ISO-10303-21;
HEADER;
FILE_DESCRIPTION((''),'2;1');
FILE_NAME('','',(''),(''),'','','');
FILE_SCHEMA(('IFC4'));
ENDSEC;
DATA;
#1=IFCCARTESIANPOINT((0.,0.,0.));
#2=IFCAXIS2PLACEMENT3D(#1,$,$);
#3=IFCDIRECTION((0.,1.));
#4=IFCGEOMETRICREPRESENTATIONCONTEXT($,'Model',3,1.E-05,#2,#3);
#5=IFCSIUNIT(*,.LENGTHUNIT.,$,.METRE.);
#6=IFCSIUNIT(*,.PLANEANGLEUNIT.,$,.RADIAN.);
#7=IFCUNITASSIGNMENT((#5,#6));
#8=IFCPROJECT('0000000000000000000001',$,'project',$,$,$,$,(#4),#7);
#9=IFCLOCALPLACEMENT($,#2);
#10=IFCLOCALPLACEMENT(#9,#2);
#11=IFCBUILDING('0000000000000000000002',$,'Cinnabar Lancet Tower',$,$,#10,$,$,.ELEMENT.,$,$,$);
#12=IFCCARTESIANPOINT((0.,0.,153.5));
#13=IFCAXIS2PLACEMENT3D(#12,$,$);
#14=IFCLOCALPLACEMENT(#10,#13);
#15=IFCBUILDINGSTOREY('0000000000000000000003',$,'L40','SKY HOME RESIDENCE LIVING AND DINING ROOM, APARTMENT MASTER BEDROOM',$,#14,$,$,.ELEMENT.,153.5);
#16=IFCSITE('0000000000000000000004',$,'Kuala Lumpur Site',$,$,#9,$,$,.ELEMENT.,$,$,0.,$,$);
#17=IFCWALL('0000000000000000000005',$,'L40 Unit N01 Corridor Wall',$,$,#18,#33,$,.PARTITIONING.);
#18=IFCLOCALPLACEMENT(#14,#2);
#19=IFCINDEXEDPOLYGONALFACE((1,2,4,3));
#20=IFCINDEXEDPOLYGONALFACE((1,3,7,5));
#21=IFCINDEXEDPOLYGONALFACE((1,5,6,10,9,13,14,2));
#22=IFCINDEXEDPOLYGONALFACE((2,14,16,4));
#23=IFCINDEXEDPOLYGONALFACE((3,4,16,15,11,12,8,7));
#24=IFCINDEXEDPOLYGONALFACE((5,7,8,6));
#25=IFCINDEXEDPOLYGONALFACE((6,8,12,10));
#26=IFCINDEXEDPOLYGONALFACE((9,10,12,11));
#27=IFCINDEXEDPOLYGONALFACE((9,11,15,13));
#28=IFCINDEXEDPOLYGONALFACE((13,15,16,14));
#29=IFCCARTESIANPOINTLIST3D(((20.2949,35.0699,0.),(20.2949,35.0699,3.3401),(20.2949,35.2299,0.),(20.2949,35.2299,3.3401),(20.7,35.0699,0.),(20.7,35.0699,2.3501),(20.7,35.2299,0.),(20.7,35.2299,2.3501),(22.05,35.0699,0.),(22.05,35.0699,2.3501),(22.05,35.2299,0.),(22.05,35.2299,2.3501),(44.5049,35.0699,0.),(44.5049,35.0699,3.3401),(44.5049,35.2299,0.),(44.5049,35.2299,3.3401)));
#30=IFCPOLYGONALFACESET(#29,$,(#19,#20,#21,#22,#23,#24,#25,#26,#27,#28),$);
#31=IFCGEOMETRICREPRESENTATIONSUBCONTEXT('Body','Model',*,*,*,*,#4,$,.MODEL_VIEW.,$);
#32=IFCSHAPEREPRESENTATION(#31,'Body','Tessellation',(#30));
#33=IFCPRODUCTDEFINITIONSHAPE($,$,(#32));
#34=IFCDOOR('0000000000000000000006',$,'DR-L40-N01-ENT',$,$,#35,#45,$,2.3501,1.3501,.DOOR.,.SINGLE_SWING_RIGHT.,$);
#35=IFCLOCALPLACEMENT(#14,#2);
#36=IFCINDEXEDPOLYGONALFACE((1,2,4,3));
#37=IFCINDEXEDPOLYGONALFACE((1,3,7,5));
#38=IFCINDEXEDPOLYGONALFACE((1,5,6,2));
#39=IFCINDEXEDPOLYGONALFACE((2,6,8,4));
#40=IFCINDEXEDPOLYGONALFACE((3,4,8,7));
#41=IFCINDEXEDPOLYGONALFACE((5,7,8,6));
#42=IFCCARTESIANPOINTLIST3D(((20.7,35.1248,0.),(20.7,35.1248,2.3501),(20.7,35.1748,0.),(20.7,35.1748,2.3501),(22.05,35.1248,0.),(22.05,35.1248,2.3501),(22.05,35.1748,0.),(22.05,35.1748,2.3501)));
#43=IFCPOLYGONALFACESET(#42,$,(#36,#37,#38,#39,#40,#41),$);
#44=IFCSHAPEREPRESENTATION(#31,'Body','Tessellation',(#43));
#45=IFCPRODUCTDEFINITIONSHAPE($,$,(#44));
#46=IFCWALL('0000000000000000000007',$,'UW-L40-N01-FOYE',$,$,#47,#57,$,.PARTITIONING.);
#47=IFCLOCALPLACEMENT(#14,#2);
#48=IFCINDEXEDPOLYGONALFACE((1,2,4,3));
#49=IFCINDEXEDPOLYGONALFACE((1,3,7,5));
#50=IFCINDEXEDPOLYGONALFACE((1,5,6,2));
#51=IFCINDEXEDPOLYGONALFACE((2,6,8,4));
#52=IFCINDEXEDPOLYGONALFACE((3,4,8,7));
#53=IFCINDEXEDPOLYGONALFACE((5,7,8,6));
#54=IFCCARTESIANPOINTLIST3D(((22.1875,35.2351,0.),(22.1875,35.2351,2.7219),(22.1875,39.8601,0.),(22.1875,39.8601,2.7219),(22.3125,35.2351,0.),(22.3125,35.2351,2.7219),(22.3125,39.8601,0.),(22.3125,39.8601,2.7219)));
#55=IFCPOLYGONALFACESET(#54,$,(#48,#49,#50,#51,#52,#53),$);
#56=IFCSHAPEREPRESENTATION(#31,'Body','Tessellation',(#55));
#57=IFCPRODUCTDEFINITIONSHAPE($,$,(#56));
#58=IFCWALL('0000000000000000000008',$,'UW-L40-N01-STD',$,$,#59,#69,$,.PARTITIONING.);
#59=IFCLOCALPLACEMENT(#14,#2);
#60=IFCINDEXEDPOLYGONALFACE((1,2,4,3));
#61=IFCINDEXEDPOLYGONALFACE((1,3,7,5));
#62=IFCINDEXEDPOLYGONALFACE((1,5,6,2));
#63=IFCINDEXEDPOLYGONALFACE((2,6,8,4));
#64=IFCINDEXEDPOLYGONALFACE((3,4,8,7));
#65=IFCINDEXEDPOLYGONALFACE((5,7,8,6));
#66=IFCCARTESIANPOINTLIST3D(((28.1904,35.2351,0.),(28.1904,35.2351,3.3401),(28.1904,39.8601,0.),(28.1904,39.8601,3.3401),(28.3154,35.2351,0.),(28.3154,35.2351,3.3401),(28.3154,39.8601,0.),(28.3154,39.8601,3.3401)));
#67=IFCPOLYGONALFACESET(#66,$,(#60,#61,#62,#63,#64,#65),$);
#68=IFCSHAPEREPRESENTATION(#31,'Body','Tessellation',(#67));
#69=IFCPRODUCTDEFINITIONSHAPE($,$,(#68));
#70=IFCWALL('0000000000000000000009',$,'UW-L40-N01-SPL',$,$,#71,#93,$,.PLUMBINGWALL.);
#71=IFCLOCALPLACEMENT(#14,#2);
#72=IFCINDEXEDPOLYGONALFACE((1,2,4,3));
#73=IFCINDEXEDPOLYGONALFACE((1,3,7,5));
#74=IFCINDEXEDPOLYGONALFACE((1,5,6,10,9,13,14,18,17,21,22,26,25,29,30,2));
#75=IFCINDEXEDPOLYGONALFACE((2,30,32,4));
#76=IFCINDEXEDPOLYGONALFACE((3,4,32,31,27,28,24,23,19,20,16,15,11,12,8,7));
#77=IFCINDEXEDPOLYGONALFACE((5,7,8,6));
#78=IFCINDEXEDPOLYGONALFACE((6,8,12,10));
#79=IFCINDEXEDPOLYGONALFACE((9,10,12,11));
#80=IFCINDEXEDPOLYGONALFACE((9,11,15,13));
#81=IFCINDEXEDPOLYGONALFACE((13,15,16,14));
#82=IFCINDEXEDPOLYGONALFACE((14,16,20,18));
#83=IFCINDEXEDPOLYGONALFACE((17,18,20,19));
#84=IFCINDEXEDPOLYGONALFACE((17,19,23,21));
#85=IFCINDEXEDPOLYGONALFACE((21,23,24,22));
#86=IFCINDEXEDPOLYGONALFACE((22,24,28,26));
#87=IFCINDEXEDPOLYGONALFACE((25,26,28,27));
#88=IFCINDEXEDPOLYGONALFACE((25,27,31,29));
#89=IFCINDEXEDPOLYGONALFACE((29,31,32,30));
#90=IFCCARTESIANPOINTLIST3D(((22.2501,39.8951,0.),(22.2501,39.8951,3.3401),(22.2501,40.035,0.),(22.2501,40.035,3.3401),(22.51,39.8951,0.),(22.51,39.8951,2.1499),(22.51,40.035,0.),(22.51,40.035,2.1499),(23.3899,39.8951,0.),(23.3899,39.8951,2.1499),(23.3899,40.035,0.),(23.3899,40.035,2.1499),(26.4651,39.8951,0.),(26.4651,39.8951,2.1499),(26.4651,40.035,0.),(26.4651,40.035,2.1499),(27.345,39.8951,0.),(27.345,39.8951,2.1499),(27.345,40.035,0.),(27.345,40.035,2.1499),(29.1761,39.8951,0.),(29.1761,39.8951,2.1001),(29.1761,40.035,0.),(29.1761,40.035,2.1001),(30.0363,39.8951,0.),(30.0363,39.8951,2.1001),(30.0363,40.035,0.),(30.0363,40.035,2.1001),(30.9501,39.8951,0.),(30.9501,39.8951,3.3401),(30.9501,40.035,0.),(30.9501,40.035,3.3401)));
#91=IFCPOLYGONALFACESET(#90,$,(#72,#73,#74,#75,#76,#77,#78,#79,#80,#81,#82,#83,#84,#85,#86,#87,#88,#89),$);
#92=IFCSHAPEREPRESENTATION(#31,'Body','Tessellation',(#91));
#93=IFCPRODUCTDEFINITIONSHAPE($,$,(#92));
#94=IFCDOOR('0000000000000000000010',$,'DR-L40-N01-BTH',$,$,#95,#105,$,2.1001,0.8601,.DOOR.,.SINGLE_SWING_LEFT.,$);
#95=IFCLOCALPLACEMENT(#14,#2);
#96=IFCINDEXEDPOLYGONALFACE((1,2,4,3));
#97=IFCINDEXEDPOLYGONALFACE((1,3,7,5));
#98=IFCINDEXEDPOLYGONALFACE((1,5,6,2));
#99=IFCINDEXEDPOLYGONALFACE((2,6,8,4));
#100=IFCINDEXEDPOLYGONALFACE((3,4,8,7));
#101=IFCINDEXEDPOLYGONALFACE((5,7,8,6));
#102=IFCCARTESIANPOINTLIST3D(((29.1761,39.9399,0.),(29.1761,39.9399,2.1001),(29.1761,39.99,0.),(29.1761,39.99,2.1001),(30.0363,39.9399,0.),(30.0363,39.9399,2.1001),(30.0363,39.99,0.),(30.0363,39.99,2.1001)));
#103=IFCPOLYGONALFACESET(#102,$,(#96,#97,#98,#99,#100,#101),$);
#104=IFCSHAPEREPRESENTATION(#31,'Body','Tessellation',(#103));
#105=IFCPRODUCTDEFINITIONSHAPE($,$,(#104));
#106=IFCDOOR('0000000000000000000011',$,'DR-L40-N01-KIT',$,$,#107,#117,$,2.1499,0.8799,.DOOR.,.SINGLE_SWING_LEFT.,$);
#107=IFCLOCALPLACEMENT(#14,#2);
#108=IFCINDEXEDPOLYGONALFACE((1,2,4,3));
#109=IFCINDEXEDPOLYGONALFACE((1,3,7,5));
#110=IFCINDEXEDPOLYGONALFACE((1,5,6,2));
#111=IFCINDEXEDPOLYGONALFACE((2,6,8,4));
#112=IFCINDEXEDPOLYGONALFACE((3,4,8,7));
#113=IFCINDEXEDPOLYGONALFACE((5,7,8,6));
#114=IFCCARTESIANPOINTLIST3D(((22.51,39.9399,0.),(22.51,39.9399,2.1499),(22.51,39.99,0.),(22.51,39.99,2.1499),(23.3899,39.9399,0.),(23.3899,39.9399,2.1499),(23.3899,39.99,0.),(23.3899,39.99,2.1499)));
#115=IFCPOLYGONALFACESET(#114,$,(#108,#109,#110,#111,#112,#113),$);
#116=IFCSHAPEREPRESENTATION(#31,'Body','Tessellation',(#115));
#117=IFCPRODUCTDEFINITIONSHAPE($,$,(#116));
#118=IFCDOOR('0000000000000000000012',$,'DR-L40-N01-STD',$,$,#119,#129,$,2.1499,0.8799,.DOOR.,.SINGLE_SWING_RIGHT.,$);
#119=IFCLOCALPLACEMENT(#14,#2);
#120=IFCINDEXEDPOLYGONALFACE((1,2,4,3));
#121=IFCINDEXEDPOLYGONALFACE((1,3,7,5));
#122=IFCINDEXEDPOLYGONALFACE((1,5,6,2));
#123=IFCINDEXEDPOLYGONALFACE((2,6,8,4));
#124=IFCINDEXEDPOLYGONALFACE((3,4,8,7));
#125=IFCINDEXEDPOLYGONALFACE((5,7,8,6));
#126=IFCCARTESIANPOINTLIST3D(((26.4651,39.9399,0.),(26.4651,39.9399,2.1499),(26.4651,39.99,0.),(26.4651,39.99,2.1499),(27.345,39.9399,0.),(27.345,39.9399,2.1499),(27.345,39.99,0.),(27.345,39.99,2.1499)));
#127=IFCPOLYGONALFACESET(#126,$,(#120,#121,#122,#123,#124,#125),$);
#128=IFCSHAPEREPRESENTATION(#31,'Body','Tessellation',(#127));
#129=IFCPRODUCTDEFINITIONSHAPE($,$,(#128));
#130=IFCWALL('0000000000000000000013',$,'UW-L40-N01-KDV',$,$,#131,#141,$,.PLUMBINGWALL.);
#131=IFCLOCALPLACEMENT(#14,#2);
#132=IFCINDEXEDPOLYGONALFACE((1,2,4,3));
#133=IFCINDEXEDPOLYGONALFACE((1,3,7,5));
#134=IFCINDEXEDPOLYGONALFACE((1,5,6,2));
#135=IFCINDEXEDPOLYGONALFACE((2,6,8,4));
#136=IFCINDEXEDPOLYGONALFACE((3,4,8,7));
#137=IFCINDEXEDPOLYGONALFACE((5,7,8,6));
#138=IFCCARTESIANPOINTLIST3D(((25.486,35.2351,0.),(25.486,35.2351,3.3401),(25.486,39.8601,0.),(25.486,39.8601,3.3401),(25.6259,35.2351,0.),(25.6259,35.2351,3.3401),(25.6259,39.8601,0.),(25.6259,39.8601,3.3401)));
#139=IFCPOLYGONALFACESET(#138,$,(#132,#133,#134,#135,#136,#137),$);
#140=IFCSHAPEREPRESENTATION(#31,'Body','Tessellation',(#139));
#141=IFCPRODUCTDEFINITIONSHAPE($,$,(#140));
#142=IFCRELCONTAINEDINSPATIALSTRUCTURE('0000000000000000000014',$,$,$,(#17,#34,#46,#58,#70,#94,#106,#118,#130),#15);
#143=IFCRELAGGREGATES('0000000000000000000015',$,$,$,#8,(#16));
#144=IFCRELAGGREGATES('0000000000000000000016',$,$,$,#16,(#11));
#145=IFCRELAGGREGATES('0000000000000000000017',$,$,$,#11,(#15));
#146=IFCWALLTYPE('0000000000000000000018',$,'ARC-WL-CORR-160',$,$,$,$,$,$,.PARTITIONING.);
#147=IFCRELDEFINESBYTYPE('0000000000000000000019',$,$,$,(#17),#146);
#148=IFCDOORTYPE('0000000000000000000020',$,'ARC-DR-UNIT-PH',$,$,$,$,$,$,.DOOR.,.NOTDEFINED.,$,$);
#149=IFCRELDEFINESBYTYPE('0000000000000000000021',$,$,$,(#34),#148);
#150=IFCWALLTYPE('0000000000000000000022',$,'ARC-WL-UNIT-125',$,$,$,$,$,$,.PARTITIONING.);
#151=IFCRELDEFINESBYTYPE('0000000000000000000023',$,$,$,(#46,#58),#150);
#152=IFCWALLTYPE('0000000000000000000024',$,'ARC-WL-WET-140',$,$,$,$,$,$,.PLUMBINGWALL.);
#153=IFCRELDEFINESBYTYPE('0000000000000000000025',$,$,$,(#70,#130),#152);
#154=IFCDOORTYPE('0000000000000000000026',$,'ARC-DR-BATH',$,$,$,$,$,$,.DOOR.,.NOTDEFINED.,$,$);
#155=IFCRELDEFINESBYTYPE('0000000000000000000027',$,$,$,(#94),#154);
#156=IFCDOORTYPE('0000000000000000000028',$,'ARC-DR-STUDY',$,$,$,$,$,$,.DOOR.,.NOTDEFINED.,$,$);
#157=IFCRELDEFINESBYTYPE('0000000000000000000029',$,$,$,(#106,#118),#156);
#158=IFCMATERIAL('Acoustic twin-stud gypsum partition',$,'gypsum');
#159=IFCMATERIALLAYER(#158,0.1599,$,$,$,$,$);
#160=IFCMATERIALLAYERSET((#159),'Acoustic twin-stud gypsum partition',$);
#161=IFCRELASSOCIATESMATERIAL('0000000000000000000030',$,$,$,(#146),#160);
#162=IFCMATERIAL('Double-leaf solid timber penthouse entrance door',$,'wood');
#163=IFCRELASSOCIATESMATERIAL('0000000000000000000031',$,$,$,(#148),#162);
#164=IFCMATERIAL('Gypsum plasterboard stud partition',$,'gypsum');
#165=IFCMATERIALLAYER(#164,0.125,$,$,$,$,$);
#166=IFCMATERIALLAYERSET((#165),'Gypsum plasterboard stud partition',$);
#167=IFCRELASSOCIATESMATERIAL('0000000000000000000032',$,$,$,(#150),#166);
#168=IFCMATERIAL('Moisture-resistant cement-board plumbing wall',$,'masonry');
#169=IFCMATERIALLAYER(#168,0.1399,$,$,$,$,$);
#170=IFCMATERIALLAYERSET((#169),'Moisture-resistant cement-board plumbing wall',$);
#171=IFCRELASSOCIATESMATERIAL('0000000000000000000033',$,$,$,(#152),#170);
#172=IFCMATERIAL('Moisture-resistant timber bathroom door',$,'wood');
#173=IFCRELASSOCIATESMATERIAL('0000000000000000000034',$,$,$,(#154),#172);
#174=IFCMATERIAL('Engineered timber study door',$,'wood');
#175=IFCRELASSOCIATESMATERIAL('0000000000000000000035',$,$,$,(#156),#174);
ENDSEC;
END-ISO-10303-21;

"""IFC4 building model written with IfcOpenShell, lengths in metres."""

from ifc_helpers import new_model, si_unit, direction, frame, frame_2d, origin, place, context, subcontext, project, spatial, rectangle, extrude, material, layer, layer_set, type_object, element, fill, save


model = new_model("IFC4")

# Units and contexts
model_context = context("Model", 3, precision=1e-05, world=origin(), true_north=direction((0.0, 1.0)))
body_context = subcontext(model_context, "Body", "Model", "MODEL_VIEW")
ifc_project = project(units=[si_unit("LENGTHUNIT", "METRE"), si_unit("PLANEANGLEUNIT", "RADIAN")], contexts=[model_context])

# Site, building, storey
site_placement = place(None, origin())
site = spatial("IfcSite", under=ifc_project, at=site_placement, Name="Kuala Lumpur Site", CompositionType="ELEMENT", RefElevation=0.0)
building_placement = place(site_placement, origin())
building = spatial("IfcBuilding", under=site, at=building_placement, Name="Cinnabar Lancet Tower", CompositionType="ELEMENT")
storey_placement = place(building_placement, frame((0.0, 0.0, 153.5)))
storey = spatial("IfcBuildingStorey", under=building, at=storey_placement, Name="L40", Description="SKY HOME RESIDENCE LIVING AND DINING ROOM, APARTMENT MASTER BEDROOM", CompositionType="ELEMENT", Elevation=153.5)

# Wall, opening, door
ifc_material_1 = material(Name="Acoustic twin-stud gypsum partition", Category="gypsum")
ifc_layer_1 = layer(ifc_material_1, 0.1599)
ifc_layer_set_1 = layer_set([ifc_layer_1], Name="Acoustic twin-stud gypsum partition")
wall_type_1 = type_object("IfcWallType", Name="ARC-WL-CORR-160", PredefinedType="PARTITIONING", material=ifc_layer_set_1)
wall_1_placement = place(storey_placement, frame((20.2949, 35.1499, 0.0), z_axis=(0.0, 0.0, 1.0), x_axis=(1.0, 0.0, 0.0)))
wall_1 = element("IfcWall", 1, at=wall_1_placement, inside=storey, type_object=wall_type_1, Name="L40 Unit N01 Corridor Wall", PredefinedType="PARTITIONING", context=body_context, shape_type="SweptSolid", body=[
    extrude(rectangle(XDim=24.21, YDim=0.1599, at=frame_2d((12.105, 0.0))), origin(), (0.0, 0.0, 1.0), 3.3401),
])
opening_1_placement = place(wall_1_placement, frame((0.405, 0.0, 0.0)))
opening_1 = element("IfcOpeningElement", 2, at=opening_1_placement, cuts=wall_1, PredefinedType="OPENING", context=body_context, shape_type="SweptSolid", body=[
    extrude(rectangle(XDim=1.3501, YDim=2.3501, at=frame_2d((0.675, 1.175))), frame((0.0, 0.0898, 0.0), z_axis=(0.0, -1.0, 0.0), x_axis=(1.0, 0.0, 0.0)), (0.0, 0.0, 1.0), 0.1799),
])
ifc_material_2 = material(Name="Double-leaf solid timber penthouse entrance door", Category="wood")
door_type_1 = type_object("IfcDoorType", Name="ARC-DR-UNIT-PH", OperationType="NOTDEFINED", PredefinedType="DOOR", material=ifc_material_2)
door_1_placement = place(opening_1_placement, origin())
door_1 = element("IfcDoor", 3, at=door_1_placement, inside=storey, type_object=door_type_1, Name="DR-L40-N01-ENT", OperationType="SINGLE_SWING_RIGHT", OverallHeight=2.3501, OverallWidth=1.3501, PredefinedType="DOOR", context=body_context, shape_type="SweptSolid", body=[
    extrude(rectangle(XDim=1.3501, YDim=2.3501, at=frame_2d((0.675, 1.175))), frame((0.0, 0.0249, 0.0), z_axis=(0.0, -1.0, 0.0), x_axis=(1.0, 0.0, 0.0)), (0.0, 0.0, 1.0), 0.05),
])
fill(opening_1, door_1)

# Walls
ifc_material_3 = material(Name="Gypsum plasterboard stud partition", Category="gypsum")
ifc_layer_2 = layer(ifc_material_3, 0.125)
ifc_layer_set_2 = layer_set([ifc_layer_2], Name="Gypsum plasterboard stud partition")
wall_type_2 = type_object("IfcWallType", Name="ARC-WL-UNIT-125", PredefinedType="PARTITIONING", material=ifc_layer_set_2)
wall_2_placement = place(storey_placement, frame((22.25, 35.2351, 0.0), z_axis=(0.0, 0.0, 1.0), x_axis=(0.0, 1.0, 0.0)))
element("IfcWall", 4, at=wall_2_placement, inside=storey, type_object=wall_type_2, Name="UW-L40-N01-FOYE", PredefinedType="PARTITIONING", context=body_context, shape_type="SweptSolid", body=[
    extrude(rectangle(XDim=4.625, YDim=0.125, at=frame_2d((2.3125, 0.0))), origin(), (0.0, 0.0, 1.0), 2.7219),
])
wall_3_placement = place(storey_placement, frame((28.2529, 35.2351, 0.0), z_axis=(0.0, 0.0, 1.0), x_axis=(0.0, 1.0, 0.0)))
element("IfcWall", 5, at=wall_3_placement, inside=storey, type_object=wall_type_2, Name="UW-L40-N01-STD", PredefinedType="PARTITIONING", context=body_context, shape_type="SweptSolid", body=[
    extrude(rectangle(XDim=4.625, YDim=0.125, at=frame_2d((2.3125, 0.0))), origin(), (0.0, 0.0, 1.0), 3.3401),
])

# Wall, openings, doors
ifc_material_4 = material(Name="Moisture-resistant cement-board plumbing wall", Category="masonry")
ifc_layer_3 = layer(ifc_material_4, 0.1399)
ifc_layer_set_3 = layer_set([ifc_layer_3], Name="Moisture-resistant cement-board plumbing wall")
wall_type_3 = type_object("IfcWallType", Name="ARC-WL-WET-140", PredefinedType="PLUMBINGWALL", material=ifc_layer_set_3)
wall_4_placement = place(storey_placement, frame((22.25, 39.9651, 0.0), z_axis=(0.0, 0.0, 1.0), x_axis=(1.0, 0.0, 0.0)))
wall_4 = element("IfcWall", 6, at=wall_4_placement, inside=storey, type_object=wall_type_3, Name="UW-L40-N01-SPL", PredefinedType="PLUMBINGWALL", context=body_context, shape_type="SweptSolid", body=[
    extrude(rectangle(XDim=8.7, YDim=0.1399, at=frame_2d((4.3501, 0.0))), origin(), (0.0, 0.0, 1.0), 3.3401),
])
opening_2_placement = place(wall_4_placement, frame((6.926, 0.0, 0.0)))
opening_2 = element("IfcOpeningElement", 7, at=opening_2_placement, cuts=wall_4, PredefinedType="OPENING", context=body_context, shape_type="SweptSolid", body=[
    extrude(rectangle(XDim=0.8601, YDim=2.1001, at=frame_2d((0.4302, 1.05))), frame((0.0, 0.0798, 0.0), z_axis=(0.0, -1.0, 0.0), x_axis=(1.0, 0.0, 0.0)), (0.0, 0.0, 1.0), 0.1599),
])
opening_3_placement = place(wall_4_placement, frame((0.26, 0.0, 0.0)))
opening_3 = element("IfcOpeningElement", 8, at=opening_3_placement, cuts=wall_4, PredefinedType="OPENING", context=body_context, shape_type="SweptSolid", body=[
    extrude(rectangle(XDim=0.8799, YDim=2.1499, at=frame_2d((0.4399, 1.075))), frame((0.0, 0.0798, 0.0), z_axis=(0.0, -1.0, 0.0), x_axis=(1.0, 0.0, 0.0)), (0.0, 0.0, 1.0), 0.1599),
])
opening_4_placement = place(wall_4_placement, frame((4.2151, 0.0, 0.0)))
opening_4 = element("IfcOpeningElement", 9, at=opening_4_placement, cuts=wall_4, PredefinedType="OPENING", context=body_context, shape_type="SweptSolid", body=[
    extrude(rectangle(XDim=0.8799, YDim=2.1499, at=frame_2d((0.4399, 1.075))), frame((0.0, 0.0798, 0.0), z_axis=(0.0, -1.0, 0.0), x_axis=(1.0, 0.0, 0.0)), (0.0, 0.0, 1.0), 0.1599),
])
ifc_material_5 = material(Name="Moisture-resistant timber bathroom door", Category="wood")
door_type_2 = type_object("IfcDoorType", Name="ARC-DR-BATH", OperationType="NOTDEFINED", PredefinedType="DOOR", material=ifc_material_5)
door_2_placement = place(opening_2_placement, origin())
door_2 = element("IfcDoor", 10, at=door_2_placement, inside=storey, type_object=door_type_2, Name="DR-L40-N01-BTH", OperationType="SINGLE_SWING_LEFT", OverallHeight=2.1001, OverallWidth=0.8601, PredefinedType="DOOR", context=body_context, shape_type="SweptSolid", body=[
    extrude(rectangle(XDim=0.8601, YDim=2.1001, at=frame_2d((0.4302, 1.05))), frame((0.0, 0.0249, 0.0), z_axis=(0.0, -1.0, 0.0), x_axis=(1.0, 0.0, 0.0)), (0.0, 0.0, 1.0), 0.05),
])
fill(opening_2, door_2)
ifc_material_6 = material(Name="Engineered timber study door", Category="wood")
door_type_3 = type_object("IfcDoorType", Name="ARC-DR-STUDY", OperationType="NOTDEFINED", PredefinedType="DOOR", material=ifc_material_6)
door_3_placement = place(opening_3_placement, origin())
door_3 = element("IfcDoor", 11, at=door_3_placement, inside=storey, type_object=door_type_3, Name="DR-L40-N01-KIT", OperationType="SINGLE_SWING_LEFT", OverallHeight=2.1499, OverallWidth=0.8799, PredefinedType="DOOR", context=body_context, shape_type="SweptSolid", body=[
    extrude(rectangle(XDim=0.8799, YDim=2.1499, at=frame_2d((0.4399, 1.075))), frame((0.0, 0.0249, 0.0), z_axis=(0.0, -1.0, 0.0), x_axis=(1.0, 0.0, 0.0)), (0.0, 0.0, 1.0), 0.05),
])
fill(opening_3, door_3)
door_4_placement = place(opening_4_placement, origin())
door_4 = element("IfcDoor", 12, at=door_4_placement, inside=storey, type_object=door_type_3, Name="DR-L40-N01-STD", OperationType="SINGLE_SWING_RIGHT", OverallHeight=2.1499, OverallWidth=0.8799, PredefinedType="DOOR", context=body_context, shape_type="SweptSolid", body=[
    extrude(rectangle(XDim=0.8799, YDim=2.1499, at=frame_2d((0.4399, 1.075))), frame((0.0, 0.0249, 0.0), z_axis=(0.0, -1.0, 0.0), x_axis=(1.0, 0.0, 0.0)), (0.0, 0.0, 1.0), 0.05),
])
fill(opening_4, door_4)

# Wall
wall_5_placement = place(storey_placement, frame((25.5559, 35.2351, 0.0), z_axis=(0.0, 0.0, 1.0), x_axis=(0.0, 1.0, 0.0)))
element("IfcWall", 13, at=wall_5_placement, inside=storey, type_object=wall_type_3, Name="UW-L40-N01-KDV", PredefinedType="PLUMBINGWALL", context=body_context, shape_type="SweptSolid", body=[
    extrude(rectangle(XDim=4.625, YDim=0.1399, at=frame_2d((2.3125, 0.0))), origin(), (0.0, 0.0, 1.0), 3.3401),
])

save(model, "model.ifc")
